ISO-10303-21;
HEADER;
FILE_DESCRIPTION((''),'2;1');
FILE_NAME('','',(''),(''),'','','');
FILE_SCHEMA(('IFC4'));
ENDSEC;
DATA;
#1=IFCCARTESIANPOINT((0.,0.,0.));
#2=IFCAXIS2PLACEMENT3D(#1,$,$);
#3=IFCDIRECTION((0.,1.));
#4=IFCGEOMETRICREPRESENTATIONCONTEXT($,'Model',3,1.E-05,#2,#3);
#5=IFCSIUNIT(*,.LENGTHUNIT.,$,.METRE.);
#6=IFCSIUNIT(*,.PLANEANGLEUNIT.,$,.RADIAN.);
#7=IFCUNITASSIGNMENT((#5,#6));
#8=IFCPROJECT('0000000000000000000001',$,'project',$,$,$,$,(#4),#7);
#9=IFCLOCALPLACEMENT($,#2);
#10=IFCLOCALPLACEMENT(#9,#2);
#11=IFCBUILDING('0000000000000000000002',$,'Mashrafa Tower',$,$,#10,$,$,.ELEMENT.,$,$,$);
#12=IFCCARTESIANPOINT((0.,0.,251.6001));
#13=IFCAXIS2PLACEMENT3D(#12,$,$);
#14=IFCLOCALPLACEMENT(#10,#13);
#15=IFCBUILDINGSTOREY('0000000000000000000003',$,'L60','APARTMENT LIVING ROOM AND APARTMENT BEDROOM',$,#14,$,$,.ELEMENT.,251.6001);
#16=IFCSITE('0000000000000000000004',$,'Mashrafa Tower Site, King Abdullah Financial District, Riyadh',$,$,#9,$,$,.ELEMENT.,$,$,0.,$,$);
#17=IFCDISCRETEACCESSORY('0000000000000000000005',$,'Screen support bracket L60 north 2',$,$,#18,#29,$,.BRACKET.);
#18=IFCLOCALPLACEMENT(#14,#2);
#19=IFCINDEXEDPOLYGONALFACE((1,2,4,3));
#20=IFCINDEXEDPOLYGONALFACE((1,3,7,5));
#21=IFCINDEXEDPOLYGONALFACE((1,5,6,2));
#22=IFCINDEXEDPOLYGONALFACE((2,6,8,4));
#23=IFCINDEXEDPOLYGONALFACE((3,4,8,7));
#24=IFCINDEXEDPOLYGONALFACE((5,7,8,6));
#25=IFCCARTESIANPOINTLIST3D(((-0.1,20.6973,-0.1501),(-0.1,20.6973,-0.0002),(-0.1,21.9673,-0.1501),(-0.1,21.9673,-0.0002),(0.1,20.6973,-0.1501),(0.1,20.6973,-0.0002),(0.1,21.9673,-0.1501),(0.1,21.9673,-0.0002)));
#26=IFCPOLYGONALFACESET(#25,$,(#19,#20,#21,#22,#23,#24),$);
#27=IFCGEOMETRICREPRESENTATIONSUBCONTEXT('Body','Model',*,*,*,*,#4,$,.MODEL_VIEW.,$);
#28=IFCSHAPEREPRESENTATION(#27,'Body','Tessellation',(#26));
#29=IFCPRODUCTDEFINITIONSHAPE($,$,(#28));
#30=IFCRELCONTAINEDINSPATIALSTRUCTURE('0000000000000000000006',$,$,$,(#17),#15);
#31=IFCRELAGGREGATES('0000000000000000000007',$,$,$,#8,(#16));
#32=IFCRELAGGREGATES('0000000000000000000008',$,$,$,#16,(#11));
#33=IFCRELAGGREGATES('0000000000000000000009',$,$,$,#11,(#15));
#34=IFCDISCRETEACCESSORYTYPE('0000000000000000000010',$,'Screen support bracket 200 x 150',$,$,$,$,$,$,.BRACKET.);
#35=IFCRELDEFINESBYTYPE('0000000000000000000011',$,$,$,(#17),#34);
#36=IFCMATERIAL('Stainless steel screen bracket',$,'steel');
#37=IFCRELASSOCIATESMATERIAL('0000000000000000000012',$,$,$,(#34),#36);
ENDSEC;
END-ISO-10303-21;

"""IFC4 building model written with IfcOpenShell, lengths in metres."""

from ifc_helpers import new_model, si_unit, direction, frame, origin, origin_2d, place, context, subcontext, project, spatial, rectangle, extrude, source, transform, mapped, material, type_object, type_shapes, element, save


model = new_model("IFC4")

# Units and contexts
model_context = context("Model", 3, precision=1e-05, world=origin(), true_north=direction((0.0, 1.0)))
body_context = subcontext(model_context, "Body", "Model", "MODEL_VIEW")
ifc_project = project(units=[si_unit("LENGTHUNIT", "METRE"), si_unit("PLANEANGLEUNIT", "RADIAN")], contexts=[model_context])

# Site, building, storey
site_placement = place(None, origin())
site = spatial("IfcSite", under=ifc_project, at=site_placement, Name="Mashrafa Tower Site, King Abdullah Financial District, Riyadh", CompositionType="ELEMENT", RefElevation=0.0)
building_placement = place(site_placement, origin())
building = spatial("IfcBuilding", under=site, at=building_placement, Name="Mashrafa Tower", CompositionType="ELEMENT")
storey_placement = place(building_placement, frame((0.0, 0.0, 251.6001)))
storey = spatial("IfcBuildingStorey", under=building, at=storey_placement, Name="L60", Description="APARTMENT LIVING ROOM AND APARTMENT BEDROOM", CompositionType="ELEMENT", Elevation=251.6001)

# Discrete accessory
ifc_material_1 = material(Name="Stainless steel screen bracket", Category="steel")
discrete_accessory_type = type_object("IfcDiscreteAccessoryType", Name="Screen support bracket 200 x 150", PredefinedType="BRACKET", material=ifc_material_1)
shared_shape_1 = source(origin(), body_context, "Body", "SweptSolid", [
    extrude(rectangle(XDim=0.2, YDim=1.27, at=origin_2d()), origin(), (0.0, 0.0, 1.0), 0.1499),
])
type_shapes(discrete_accessory_type, [shared_shape_1])
for number, where, z_axis, x_axis, name in (
    (1, (0.0, 21.3323, -0.1501), (0.0, 0.0, 1.0), (-1.0, 0.0, 0.0), "Screen support bracket L60 north 2"),
):
    element("IfcDiscreteAccessory", number, at=place(storey_placement, frame(where, z_axis=z_axis, x_axis=x_axis)), inside=storey, type_object=discrete_accessory_type, Name=name, PredefinedType="BRACKET", context=body_context, shape_type="MappedRepresentation", body=[
        mapped(shared_shape_1, transform((0.0, 0.0, 0.0))),
    ])

save(model, "model.ifc")
